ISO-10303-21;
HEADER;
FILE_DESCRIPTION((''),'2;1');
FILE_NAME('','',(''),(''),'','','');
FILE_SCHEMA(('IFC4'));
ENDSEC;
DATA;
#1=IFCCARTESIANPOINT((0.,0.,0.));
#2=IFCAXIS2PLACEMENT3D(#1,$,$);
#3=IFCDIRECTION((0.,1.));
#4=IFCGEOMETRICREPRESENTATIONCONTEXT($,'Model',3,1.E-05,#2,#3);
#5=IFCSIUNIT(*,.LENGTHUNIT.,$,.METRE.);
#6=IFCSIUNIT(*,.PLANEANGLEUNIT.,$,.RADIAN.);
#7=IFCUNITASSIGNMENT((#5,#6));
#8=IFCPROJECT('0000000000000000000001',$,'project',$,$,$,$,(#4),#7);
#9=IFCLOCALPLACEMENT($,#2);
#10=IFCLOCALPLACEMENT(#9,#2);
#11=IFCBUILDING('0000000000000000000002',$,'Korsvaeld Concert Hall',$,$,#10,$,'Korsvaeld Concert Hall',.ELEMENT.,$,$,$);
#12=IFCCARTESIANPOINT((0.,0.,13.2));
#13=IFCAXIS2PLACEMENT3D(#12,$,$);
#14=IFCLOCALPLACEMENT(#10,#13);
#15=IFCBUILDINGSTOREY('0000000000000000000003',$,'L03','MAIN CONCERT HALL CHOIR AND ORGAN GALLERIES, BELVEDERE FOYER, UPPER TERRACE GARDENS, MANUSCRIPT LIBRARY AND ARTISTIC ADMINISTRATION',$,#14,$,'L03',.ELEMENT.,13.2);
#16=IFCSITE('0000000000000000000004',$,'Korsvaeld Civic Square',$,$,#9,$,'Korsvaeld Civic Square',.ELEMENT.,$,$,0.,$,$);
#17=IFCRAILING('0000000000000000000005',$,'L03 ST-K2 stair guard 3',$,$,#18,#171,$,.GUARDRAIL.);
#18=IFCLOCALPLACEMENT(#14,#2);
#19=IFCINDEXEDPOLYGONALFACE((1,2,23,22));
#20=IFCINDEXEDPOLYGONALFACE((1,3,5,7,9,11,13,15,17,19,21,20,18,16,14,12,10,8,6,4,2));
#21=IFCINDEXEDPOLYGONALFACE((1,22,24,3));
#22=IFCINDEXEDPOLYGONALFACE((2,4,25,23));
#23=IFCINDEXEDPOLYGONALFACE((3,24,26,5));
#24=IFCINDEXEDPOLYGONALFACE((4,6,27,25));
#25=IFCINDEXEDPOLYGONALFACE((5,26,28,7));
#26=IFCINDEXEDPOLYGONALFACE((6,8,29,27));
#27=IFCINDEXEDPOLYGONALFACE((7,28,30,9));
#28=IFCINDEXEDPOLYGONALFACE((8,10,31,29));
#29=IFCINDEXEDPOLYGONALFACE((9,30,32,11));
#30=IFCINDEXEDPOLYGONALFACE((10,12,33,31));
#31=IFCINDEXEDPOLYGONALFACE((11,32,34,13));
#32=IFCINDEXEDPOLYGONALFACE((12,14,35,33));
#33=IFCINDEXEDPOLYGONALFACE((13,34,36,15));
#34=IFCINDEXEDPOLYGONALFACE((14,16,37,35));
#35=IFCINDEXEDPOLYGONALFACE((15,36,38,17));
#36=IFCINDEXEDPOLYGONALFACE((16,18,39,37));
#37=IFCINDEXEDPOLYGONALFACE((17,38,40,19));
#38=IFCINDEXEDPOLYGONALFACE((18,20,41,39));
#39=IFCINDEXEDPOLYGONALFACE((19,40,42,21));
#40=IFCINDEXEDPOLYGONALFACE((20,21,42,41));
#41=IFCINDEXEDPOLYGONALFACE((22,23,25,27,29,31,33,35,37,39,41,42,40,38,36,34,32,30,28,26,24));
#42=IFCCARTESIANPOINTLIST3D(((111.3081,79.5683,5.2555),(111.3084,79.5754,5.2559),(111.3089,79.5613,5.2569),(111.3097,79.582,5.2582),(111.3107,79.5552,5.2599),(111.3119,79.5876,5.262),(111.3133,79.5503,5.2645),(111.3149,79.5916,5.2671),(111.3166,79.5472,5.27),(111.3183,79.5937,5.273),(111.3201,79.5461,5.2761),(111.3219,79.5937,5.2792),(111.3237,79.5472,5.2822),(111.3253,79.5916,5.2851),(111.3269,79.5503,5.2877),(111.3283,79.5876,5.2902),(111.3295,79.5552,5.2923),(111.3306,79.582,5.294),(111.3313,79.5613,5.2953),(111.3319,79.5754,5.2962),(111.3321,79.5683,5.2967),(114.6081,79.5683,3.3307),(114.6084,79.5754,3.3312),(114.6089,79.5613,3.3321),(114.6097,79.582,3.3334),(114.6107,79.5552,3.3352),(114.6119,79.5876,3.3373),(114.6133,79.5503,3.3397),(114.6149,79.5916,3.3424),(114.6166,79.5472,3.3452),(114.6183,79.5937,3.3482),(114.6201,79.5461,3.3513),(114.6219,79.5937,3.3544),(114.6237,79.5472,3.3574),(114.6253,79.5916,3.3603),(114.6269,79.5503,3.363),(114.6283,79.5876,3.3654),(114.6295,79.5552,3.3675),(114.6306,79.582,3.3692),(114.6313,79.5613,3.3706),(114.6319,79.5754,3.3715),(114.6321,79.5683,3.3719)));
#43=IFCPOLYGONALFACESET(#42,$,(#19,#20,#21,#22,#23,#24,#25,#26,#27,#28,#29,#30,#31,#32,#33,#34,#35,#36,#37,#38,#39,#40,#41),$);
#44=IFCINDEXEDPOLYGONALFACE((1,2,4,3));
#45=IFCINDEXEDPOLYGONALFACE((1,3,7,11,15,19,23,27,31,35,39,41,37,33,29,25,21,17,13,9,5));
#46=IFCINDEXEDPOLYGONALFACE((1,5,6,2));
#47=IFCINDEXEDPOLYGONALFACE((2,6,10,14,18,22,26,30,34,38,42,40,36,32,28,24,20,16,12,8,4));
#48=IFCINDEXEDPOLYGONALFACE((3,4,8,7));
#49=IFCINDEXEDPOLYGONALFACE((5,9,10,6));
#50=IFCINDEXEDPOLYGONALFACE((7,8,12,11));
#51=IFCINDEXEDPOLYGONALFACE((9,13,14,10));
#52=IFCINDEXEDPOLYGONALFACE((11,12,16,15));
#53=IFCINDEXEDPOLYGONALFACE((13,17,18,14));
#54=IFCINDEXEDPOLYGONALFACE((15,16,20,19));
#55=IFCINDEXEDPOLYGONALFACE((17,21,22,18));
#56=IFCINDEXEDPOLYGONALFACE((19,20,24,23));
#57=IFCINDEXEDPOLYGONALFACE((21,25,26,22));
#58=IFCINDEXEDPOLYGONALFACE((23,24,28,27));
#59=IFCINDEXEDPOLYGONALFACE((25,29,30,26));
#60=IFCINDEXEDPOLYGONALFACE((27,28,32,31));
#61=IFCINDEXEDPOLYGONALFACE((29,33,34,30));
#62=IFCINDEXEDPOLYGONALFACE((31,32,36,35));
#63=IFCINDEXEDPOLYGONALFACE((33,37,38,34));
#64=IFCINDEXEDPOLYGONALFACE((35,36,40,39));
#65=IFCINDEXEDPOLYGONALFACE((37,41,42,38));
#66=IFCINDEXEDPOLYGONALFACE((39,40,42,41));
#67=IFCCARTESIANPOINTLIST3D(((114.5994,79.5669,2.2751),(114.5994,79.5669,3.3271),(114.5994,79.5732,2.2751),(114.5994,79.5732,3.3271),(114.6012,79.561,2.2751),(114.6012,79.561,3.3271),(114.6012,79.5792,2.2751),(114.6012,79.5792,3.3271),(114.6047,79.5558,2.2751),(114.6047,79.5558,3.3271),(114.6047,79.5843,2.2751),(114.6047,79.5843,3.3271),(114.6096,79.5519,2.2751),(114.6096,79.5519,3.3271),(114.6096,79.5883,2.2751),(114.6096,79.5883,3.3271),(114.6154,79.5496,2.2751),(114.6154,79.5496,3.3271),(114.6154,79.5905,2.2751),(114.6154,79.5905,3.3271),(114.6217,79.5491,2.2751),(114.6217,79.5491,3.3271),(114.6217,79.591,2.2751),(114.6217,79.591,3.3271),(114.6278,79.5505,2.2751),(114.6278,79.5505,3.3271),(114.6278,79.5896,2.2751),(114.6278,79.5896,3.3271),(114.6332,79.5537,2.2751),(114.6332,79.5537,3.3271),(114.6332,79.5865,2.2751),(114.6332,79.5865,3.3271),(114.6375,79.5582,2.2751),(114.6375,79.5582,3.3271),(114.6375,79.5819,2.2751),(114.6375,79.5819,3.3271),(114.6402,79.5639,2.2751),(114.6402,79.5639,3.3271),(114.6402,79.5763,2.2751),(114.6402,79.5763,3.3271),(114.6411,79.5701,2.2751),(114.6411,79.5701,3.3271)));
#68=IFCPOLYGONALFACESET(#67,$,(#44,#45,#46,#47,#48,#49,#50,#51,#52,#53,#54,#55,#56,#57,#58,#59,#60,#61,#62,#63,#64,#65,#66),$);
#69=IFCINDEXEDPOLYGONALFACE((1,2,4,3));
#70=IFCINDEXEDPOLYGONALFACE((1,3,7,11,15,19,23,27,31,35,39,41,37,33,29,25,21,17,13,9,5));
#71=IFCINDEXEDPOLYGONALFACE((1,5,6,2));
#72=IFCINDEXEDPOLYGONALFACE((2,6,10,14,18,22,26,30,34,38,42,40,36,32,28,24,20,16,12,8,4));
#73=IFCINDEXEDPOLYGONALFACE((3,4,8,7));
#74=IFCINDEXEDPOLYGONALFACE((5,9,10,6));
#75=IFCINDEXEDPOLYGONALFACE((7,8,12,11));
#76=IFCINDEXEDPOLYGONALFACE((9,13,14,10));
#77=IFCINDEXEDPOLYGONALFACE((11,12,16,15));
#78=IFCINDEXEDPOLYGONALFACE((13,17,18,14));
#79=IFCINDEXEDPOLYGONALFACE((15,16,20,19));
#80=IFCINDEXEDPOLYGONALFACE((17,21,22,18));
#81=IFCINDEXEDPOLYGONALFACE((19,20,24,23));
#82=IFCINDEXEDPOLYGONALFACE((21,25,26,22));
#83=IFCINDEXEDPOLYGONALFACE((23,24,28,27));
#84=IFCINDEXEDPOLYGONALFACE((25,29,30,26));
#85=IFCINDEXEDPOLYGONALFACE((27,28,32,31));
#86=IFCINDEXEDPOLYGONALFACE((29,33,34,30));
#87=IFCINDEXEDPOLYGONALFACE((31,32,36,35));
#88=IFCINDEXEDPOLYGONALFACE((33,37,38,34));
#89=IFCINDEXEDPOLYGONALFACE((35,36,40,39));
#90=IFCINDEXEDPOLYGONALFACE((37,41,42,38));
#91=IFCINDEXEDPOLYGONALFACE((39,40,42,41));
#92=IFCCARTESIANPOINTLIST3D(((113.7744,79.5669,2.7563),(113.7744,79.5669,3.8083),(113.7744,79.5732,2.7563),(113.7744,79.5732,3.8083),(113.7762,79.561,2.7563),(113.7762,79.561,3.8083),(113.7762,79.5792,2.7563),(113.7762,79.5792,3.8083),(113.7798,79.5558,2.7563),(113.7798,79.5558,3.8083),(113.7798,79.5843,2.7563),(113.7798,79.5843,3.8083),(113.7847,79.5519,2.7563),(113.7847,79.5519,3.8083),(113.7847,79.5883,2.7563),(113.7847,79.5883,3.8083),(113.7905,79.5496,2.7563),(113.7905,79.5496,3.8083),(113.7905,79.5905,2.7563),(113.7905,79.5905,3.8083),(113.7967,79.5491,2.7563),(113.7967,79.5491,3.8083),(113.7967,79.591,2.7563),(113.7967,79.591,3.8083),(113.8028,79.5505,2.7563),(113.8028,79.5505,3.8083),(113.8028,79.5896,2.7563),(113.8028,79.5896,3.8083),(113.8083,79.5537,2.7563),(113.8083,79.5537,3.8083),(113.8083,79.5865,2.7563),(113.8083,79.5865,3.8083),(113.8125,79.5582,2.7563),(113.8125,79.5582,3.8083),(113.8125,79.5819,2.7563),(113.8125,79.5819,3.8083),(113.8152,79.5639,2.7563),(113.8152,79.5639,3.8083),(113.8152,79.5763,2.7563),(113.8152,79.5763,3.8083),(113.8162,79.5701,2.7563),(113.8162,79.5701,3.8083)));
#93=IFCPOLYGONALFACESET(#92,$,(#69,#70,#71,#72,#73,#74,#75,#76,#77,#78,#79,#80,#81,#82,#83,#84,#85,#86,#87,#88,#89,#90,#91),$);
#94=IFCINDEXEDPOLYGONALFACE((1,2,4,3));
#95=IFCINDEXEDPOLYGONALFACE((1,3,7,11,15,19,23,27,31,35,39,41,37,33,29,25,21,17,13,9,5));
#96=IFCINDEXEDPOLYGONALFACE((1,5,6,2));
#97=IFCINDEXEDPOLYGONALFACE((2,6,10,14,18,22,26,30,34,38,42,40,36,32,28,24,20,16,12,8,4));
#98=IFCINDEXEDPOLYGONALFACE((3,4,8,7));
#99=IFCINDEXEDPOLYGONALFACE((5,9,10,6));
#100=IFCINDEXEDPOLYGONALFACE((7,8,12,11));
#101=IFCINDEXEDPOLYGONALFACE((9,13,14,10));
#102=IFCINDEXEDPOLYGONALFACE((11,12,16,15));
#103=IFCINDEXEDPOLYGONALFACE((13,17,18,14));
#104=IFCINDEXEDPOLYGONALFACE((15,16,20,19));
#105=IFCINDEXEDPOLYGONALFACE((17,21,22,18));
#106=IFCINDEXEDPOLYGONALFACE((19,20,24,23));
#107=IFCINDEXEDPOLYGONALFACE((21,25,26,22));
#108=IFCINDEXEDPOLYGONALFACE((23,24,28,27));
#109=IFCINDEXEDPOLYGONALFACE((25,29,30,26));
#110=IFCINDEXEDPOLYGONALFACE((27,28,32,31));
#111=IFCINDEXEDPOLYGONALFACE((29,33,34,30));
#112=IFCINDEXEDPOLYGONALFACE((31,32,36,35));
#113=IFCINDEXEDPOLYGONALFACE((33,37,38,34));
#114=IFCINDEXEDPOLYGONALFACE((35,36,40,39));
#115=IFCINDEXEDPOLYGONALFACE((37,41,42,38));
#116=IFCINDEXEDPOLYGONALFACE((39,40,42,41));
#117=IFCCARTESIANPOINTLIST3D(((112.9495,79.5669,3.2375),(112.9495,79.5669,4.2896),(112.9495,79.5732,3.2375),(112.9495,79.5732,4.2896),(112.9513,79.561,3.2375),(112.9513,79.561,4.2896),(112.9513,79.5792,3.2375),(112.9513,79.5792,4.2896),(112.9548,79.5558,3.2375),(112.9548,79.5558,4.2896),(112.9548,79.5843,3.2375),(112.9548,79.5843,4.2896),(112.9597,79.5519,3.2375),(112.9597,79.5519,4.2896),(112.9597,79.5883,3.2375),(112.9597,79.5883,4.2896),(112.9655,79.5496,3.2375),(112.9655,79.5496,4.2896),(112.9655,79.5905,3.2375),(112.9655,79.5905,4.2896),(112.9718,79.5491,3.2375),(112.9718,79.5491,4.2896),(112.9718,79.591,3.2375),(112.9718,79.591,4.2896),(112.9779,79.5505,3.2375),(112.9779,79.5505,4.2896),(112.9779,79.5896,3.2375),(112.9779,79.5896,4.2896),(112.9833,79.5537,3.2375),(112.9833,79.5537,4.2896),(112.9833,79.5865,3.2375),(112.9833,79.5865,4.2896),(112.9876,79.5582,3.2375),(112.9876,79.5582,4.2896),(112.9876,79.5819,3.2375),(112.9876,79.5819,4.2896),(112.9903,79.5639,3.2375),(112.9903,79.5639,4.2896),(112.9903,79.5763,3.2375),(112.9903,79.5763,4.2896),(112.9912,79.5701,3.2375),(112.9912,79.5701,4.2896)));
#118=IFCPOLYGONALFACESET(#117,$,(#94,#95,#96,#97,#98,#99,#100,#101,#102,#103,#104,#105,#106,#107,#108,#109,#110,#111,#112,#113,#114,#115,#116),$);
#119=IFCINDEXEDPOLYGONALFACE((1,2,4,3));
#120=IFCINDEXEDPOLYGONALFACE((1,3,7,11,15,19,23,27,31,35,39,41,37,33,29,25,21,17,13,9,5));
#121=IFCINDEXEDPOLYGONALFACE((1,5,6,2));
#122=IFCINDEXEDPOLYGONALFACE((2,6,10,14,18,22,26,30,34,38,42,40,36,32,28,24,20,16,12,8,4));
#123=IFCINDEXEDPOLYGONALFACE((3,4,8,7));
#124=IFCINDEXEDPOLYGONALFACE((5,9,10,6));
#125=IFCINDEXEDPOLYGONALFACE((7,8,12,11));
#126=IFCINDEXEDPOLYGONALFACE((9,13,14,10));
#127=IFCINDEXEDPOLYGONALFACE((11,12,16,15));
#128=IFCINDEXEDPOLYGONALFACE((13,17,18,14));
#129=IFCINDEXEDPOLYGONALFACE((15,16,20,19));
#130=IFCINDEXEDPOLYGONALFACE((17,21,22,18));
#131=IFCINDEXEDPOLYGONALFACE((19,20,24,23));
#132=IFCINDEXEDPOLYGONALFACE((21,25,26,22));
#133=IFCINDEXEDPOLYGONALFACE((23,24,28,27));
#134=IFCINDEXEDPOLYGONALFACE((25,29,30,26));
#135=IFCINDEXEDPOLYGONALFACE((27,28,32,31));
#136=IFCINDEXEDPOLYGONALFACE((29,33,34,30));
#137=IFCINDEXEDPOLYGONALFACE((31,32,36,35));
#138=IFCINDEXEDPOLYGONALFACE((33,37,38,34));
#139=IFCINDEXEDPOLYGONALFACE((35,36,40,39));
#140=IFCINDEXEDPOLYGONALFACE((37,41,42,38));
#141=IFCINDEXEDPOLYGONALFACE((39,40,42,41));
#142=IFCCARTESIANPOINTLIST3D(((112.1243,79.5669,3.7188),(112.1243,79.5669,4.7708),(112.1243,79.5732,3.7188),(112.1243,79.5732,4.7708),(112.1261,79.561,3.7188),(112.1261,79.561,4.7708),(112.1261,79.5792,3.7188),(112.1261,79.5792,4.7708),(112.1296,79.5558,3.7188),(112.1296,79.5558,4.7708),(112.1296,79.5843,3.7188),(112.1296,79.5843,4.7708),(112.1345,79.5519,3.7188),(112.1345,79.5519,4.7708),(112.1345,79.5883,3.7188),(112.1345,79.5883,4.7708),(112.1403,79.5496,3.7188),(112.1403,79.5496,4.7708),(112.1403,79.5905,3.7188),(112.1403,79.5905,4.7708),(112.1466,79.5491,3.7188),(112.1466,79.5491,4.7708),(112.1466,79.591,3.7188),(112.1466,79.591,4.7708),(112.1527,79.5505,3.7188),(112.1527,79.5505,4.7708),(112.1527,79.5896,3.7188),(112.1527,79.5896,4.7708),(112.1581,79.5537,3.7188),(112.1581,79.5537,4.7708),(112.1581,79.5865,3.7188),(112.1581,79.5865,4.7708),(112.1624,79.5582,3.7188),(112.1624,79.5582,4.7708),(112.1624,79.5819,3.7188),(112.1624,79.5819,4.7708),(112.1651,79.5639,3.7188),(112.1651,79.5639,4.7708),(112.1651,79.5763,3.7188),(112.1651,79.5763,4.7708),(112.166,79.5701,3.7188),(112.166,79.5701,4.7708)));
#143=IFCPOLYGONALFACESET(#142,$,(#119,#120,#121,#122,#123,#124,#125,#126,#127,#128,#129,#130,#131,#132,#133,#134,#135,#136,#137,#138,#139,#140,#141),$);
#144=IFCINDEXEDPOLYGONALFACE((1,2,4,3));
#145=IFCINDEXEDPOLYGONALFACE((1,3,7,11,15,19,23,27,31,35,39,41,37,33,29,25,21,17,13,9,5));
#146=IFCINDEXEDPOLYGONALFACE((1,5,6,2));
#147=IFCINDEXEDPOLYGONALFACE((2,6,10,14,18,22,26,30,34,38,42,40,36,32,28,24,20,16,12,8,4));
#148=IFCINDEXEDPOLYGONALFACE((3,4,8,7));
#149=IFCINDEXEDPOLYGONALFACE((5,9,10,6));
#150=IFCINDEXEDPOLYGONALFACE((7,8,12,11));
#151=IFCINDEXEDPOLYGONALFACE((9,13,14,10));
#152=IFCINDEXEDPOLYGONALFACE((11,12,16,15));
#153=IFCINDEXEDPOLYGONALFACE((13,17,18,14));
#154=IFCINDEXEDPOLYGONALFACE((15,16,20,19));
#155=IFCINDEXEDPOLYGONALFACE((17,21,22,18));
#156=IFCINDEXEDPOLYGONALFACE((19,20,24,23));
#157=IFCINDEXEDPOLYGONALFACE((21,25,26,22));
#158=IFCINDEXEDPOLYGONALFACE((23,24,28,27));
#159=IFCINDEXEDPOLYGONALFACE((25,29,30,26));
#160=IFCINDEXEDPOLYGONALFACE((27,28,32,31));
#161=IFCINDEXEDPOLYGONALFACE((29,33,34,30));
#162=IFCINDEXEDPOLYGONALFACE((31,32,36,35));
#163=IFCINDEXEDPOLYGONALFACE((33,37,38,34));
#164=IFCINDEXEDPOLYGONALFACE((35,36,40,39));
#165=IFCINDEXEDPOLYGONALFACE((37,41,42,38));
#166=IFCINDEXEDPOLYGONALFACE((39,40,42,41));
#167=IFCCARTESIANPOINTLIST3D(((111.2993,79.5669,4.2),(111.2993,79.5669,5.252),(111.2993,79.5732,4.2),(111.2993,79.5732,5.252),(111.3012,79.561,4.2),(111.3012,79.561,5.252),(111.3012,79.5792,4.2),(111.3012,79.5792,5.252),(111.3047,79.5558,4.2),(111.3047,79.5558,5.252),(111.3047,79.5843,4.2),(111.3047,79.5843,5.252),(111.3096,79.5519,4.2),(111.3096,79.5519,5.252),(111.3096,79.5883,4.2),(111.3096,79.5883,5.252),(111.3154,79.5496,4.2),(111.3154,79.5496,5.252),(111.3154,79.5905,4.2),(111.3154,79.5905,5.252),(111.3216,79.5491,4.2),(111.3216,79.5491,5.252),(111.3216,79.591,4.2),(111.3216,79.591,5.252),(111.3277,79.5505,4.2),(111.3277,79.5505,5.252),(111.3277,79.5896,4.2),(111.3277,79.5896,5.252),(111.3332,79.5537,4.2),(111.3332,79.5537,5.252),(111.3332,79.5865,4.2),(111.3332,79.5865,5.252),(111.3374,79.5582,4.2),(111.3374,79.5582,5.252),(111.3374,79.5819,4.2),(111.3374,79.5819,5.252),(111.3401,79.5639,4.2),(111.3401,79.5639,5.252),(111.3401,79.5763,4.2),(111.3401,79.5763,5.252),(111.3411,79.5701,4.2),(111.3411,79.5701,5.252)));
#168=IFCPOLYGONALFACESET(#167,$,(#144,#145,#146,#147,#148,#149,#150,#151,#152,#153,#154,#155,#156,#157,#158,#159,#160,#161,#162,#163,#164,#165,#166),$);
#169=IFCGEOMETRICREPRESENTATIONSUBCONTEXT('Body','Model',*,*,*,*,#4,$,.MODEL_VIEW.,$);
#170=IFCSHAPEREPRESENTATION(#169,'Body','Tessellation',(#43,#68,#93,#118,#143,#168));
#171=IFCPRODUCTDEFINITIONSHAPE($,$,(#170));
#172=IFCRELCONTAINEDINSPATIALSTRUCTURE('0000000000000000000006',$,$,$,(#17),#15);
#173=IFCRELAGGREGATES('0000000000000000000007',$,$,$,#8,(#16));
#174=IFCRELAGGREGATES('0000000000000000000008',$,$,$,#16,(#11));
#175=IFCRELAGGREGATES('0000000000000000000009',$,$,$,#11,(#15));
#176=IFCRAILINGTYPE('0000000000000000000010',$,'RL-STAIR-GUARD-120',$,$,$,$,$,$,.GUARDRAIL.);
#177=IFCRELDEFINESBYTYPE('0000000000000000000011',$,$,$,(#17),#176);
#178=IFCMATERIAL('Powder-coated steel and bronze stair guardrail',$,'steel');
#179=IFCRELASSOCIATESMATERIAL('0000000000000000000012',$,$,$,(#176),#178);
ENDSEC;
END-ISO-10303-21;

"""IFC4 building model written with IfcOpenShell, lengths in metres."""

from ifc_helpers import new_model, si_unit, direction, frame, origin, origin_2d, place, context, subcontext, project, spatial, circle, extrude, material, type_object, element, save


model = new_model("IFC4")

# Units and contexts
model_context = context("Model", 3, precision=1e-05, world=origin(), true_north=direction((0.0, 1.0)))
body_context = subcontext(model_context, "Body", "Model", "MODEL_VIEW")
ifc_project = project(units=[si_unit("LENGTHUNIT", "METRE"), si_unit("PLANEANGLEUNIT", "RADIAN")], contexts=[model_context])

# Site, building, storey
site_placement = place(None, origin())
site = spatial("IfcSite", under=ifc_project, at=site_placement, Name="Korsvaeld Civic Square", LongName="Korsvaeld Civic Square", CompositionType="ELEMENT", RefElevation=0.0)
building_placement = place(site_placement, origin())
building = spatial("IfcBuilding", under=site, at=building_placement, Name="Korsvaeld Concert Hall", LongName="Korsvaeld Concert Hall", CompositionType="ELEMENT")
storey_placement = place(building_placement, frame((0.0, 0.0, 13.2)))
storey = spatial("IfcBuildingStorey", under=building, at=storey_placement, Name="L03", Description="MAIN CONCERT HALL CHOIR AND ORGAN GALLERIES, BELVEDERE FOYER, UPPER TERRACE GARDENS, MANUSCRIPT LIBRARY AND ARTISTIC ADMINISTRATION", LongName="L03", CompositionType="ELEMENT", Elevation=13.2)

# Railing
ifc_material_1 = material(Name="Powder-coated steel and bronze stair guardrail", Category="steel")
railing_type_1 = type_object("IfcRailingType", Name="RL-STAIR-GUARD-120", PredefinedType="GUARDRAIL", material=ifc_material_1)
railing_1_placement = place(storey_placement, frame((114.6201, 79.5701, 2.2751)))
element("IfcRailing", 1, at=railing_1_placement, inside=storey, type_object=railing_type_1, Name="L03 ST-K2 stair guard 3", PredefinedType="GUARDRAIL", context=body_context, shape_type="SweptSolid", body=[
    extrude(circle(Radius=0.0239, at=origin_2d()), frame((0.0, 0.0, 1.0762), z_axis=(-0.863804, 0.0, 0.503827), x_axis=(0.0, -1.0, 0.0)), (0.0, 0.0, 1.0), 3.8203),
    extrude(circle(Radius=0.021, at=origin_2d()), origin(), (0.0, 0.0, 1.0), 1.052),
    extrude(circle(Radius=0.021, at=origin_2d()), frame((-0.825, 0.0, 0.4812)), (0.0, 0.0, 1.0), 1.052),
    extrude(circle(Radius=0.021, at=origin_2d()), frame((-1.6499, 0.0, 0.9624)), (0.0, 0.0, 1.0), 1.052),
    extrude(circle(Radius=0.021, at=origin_2d()), frame((-2.4751, 0.0, 1.4436)), (0.0, 0.0, 1.0), 1.052),
    extrude(circle(Radius=0.021, at=origin_2d()), frame((-3.3, 0.0, 1.9248)), (0.0, 0.0, 1.0), 1.052),
])

save(model, "model.ifc")
